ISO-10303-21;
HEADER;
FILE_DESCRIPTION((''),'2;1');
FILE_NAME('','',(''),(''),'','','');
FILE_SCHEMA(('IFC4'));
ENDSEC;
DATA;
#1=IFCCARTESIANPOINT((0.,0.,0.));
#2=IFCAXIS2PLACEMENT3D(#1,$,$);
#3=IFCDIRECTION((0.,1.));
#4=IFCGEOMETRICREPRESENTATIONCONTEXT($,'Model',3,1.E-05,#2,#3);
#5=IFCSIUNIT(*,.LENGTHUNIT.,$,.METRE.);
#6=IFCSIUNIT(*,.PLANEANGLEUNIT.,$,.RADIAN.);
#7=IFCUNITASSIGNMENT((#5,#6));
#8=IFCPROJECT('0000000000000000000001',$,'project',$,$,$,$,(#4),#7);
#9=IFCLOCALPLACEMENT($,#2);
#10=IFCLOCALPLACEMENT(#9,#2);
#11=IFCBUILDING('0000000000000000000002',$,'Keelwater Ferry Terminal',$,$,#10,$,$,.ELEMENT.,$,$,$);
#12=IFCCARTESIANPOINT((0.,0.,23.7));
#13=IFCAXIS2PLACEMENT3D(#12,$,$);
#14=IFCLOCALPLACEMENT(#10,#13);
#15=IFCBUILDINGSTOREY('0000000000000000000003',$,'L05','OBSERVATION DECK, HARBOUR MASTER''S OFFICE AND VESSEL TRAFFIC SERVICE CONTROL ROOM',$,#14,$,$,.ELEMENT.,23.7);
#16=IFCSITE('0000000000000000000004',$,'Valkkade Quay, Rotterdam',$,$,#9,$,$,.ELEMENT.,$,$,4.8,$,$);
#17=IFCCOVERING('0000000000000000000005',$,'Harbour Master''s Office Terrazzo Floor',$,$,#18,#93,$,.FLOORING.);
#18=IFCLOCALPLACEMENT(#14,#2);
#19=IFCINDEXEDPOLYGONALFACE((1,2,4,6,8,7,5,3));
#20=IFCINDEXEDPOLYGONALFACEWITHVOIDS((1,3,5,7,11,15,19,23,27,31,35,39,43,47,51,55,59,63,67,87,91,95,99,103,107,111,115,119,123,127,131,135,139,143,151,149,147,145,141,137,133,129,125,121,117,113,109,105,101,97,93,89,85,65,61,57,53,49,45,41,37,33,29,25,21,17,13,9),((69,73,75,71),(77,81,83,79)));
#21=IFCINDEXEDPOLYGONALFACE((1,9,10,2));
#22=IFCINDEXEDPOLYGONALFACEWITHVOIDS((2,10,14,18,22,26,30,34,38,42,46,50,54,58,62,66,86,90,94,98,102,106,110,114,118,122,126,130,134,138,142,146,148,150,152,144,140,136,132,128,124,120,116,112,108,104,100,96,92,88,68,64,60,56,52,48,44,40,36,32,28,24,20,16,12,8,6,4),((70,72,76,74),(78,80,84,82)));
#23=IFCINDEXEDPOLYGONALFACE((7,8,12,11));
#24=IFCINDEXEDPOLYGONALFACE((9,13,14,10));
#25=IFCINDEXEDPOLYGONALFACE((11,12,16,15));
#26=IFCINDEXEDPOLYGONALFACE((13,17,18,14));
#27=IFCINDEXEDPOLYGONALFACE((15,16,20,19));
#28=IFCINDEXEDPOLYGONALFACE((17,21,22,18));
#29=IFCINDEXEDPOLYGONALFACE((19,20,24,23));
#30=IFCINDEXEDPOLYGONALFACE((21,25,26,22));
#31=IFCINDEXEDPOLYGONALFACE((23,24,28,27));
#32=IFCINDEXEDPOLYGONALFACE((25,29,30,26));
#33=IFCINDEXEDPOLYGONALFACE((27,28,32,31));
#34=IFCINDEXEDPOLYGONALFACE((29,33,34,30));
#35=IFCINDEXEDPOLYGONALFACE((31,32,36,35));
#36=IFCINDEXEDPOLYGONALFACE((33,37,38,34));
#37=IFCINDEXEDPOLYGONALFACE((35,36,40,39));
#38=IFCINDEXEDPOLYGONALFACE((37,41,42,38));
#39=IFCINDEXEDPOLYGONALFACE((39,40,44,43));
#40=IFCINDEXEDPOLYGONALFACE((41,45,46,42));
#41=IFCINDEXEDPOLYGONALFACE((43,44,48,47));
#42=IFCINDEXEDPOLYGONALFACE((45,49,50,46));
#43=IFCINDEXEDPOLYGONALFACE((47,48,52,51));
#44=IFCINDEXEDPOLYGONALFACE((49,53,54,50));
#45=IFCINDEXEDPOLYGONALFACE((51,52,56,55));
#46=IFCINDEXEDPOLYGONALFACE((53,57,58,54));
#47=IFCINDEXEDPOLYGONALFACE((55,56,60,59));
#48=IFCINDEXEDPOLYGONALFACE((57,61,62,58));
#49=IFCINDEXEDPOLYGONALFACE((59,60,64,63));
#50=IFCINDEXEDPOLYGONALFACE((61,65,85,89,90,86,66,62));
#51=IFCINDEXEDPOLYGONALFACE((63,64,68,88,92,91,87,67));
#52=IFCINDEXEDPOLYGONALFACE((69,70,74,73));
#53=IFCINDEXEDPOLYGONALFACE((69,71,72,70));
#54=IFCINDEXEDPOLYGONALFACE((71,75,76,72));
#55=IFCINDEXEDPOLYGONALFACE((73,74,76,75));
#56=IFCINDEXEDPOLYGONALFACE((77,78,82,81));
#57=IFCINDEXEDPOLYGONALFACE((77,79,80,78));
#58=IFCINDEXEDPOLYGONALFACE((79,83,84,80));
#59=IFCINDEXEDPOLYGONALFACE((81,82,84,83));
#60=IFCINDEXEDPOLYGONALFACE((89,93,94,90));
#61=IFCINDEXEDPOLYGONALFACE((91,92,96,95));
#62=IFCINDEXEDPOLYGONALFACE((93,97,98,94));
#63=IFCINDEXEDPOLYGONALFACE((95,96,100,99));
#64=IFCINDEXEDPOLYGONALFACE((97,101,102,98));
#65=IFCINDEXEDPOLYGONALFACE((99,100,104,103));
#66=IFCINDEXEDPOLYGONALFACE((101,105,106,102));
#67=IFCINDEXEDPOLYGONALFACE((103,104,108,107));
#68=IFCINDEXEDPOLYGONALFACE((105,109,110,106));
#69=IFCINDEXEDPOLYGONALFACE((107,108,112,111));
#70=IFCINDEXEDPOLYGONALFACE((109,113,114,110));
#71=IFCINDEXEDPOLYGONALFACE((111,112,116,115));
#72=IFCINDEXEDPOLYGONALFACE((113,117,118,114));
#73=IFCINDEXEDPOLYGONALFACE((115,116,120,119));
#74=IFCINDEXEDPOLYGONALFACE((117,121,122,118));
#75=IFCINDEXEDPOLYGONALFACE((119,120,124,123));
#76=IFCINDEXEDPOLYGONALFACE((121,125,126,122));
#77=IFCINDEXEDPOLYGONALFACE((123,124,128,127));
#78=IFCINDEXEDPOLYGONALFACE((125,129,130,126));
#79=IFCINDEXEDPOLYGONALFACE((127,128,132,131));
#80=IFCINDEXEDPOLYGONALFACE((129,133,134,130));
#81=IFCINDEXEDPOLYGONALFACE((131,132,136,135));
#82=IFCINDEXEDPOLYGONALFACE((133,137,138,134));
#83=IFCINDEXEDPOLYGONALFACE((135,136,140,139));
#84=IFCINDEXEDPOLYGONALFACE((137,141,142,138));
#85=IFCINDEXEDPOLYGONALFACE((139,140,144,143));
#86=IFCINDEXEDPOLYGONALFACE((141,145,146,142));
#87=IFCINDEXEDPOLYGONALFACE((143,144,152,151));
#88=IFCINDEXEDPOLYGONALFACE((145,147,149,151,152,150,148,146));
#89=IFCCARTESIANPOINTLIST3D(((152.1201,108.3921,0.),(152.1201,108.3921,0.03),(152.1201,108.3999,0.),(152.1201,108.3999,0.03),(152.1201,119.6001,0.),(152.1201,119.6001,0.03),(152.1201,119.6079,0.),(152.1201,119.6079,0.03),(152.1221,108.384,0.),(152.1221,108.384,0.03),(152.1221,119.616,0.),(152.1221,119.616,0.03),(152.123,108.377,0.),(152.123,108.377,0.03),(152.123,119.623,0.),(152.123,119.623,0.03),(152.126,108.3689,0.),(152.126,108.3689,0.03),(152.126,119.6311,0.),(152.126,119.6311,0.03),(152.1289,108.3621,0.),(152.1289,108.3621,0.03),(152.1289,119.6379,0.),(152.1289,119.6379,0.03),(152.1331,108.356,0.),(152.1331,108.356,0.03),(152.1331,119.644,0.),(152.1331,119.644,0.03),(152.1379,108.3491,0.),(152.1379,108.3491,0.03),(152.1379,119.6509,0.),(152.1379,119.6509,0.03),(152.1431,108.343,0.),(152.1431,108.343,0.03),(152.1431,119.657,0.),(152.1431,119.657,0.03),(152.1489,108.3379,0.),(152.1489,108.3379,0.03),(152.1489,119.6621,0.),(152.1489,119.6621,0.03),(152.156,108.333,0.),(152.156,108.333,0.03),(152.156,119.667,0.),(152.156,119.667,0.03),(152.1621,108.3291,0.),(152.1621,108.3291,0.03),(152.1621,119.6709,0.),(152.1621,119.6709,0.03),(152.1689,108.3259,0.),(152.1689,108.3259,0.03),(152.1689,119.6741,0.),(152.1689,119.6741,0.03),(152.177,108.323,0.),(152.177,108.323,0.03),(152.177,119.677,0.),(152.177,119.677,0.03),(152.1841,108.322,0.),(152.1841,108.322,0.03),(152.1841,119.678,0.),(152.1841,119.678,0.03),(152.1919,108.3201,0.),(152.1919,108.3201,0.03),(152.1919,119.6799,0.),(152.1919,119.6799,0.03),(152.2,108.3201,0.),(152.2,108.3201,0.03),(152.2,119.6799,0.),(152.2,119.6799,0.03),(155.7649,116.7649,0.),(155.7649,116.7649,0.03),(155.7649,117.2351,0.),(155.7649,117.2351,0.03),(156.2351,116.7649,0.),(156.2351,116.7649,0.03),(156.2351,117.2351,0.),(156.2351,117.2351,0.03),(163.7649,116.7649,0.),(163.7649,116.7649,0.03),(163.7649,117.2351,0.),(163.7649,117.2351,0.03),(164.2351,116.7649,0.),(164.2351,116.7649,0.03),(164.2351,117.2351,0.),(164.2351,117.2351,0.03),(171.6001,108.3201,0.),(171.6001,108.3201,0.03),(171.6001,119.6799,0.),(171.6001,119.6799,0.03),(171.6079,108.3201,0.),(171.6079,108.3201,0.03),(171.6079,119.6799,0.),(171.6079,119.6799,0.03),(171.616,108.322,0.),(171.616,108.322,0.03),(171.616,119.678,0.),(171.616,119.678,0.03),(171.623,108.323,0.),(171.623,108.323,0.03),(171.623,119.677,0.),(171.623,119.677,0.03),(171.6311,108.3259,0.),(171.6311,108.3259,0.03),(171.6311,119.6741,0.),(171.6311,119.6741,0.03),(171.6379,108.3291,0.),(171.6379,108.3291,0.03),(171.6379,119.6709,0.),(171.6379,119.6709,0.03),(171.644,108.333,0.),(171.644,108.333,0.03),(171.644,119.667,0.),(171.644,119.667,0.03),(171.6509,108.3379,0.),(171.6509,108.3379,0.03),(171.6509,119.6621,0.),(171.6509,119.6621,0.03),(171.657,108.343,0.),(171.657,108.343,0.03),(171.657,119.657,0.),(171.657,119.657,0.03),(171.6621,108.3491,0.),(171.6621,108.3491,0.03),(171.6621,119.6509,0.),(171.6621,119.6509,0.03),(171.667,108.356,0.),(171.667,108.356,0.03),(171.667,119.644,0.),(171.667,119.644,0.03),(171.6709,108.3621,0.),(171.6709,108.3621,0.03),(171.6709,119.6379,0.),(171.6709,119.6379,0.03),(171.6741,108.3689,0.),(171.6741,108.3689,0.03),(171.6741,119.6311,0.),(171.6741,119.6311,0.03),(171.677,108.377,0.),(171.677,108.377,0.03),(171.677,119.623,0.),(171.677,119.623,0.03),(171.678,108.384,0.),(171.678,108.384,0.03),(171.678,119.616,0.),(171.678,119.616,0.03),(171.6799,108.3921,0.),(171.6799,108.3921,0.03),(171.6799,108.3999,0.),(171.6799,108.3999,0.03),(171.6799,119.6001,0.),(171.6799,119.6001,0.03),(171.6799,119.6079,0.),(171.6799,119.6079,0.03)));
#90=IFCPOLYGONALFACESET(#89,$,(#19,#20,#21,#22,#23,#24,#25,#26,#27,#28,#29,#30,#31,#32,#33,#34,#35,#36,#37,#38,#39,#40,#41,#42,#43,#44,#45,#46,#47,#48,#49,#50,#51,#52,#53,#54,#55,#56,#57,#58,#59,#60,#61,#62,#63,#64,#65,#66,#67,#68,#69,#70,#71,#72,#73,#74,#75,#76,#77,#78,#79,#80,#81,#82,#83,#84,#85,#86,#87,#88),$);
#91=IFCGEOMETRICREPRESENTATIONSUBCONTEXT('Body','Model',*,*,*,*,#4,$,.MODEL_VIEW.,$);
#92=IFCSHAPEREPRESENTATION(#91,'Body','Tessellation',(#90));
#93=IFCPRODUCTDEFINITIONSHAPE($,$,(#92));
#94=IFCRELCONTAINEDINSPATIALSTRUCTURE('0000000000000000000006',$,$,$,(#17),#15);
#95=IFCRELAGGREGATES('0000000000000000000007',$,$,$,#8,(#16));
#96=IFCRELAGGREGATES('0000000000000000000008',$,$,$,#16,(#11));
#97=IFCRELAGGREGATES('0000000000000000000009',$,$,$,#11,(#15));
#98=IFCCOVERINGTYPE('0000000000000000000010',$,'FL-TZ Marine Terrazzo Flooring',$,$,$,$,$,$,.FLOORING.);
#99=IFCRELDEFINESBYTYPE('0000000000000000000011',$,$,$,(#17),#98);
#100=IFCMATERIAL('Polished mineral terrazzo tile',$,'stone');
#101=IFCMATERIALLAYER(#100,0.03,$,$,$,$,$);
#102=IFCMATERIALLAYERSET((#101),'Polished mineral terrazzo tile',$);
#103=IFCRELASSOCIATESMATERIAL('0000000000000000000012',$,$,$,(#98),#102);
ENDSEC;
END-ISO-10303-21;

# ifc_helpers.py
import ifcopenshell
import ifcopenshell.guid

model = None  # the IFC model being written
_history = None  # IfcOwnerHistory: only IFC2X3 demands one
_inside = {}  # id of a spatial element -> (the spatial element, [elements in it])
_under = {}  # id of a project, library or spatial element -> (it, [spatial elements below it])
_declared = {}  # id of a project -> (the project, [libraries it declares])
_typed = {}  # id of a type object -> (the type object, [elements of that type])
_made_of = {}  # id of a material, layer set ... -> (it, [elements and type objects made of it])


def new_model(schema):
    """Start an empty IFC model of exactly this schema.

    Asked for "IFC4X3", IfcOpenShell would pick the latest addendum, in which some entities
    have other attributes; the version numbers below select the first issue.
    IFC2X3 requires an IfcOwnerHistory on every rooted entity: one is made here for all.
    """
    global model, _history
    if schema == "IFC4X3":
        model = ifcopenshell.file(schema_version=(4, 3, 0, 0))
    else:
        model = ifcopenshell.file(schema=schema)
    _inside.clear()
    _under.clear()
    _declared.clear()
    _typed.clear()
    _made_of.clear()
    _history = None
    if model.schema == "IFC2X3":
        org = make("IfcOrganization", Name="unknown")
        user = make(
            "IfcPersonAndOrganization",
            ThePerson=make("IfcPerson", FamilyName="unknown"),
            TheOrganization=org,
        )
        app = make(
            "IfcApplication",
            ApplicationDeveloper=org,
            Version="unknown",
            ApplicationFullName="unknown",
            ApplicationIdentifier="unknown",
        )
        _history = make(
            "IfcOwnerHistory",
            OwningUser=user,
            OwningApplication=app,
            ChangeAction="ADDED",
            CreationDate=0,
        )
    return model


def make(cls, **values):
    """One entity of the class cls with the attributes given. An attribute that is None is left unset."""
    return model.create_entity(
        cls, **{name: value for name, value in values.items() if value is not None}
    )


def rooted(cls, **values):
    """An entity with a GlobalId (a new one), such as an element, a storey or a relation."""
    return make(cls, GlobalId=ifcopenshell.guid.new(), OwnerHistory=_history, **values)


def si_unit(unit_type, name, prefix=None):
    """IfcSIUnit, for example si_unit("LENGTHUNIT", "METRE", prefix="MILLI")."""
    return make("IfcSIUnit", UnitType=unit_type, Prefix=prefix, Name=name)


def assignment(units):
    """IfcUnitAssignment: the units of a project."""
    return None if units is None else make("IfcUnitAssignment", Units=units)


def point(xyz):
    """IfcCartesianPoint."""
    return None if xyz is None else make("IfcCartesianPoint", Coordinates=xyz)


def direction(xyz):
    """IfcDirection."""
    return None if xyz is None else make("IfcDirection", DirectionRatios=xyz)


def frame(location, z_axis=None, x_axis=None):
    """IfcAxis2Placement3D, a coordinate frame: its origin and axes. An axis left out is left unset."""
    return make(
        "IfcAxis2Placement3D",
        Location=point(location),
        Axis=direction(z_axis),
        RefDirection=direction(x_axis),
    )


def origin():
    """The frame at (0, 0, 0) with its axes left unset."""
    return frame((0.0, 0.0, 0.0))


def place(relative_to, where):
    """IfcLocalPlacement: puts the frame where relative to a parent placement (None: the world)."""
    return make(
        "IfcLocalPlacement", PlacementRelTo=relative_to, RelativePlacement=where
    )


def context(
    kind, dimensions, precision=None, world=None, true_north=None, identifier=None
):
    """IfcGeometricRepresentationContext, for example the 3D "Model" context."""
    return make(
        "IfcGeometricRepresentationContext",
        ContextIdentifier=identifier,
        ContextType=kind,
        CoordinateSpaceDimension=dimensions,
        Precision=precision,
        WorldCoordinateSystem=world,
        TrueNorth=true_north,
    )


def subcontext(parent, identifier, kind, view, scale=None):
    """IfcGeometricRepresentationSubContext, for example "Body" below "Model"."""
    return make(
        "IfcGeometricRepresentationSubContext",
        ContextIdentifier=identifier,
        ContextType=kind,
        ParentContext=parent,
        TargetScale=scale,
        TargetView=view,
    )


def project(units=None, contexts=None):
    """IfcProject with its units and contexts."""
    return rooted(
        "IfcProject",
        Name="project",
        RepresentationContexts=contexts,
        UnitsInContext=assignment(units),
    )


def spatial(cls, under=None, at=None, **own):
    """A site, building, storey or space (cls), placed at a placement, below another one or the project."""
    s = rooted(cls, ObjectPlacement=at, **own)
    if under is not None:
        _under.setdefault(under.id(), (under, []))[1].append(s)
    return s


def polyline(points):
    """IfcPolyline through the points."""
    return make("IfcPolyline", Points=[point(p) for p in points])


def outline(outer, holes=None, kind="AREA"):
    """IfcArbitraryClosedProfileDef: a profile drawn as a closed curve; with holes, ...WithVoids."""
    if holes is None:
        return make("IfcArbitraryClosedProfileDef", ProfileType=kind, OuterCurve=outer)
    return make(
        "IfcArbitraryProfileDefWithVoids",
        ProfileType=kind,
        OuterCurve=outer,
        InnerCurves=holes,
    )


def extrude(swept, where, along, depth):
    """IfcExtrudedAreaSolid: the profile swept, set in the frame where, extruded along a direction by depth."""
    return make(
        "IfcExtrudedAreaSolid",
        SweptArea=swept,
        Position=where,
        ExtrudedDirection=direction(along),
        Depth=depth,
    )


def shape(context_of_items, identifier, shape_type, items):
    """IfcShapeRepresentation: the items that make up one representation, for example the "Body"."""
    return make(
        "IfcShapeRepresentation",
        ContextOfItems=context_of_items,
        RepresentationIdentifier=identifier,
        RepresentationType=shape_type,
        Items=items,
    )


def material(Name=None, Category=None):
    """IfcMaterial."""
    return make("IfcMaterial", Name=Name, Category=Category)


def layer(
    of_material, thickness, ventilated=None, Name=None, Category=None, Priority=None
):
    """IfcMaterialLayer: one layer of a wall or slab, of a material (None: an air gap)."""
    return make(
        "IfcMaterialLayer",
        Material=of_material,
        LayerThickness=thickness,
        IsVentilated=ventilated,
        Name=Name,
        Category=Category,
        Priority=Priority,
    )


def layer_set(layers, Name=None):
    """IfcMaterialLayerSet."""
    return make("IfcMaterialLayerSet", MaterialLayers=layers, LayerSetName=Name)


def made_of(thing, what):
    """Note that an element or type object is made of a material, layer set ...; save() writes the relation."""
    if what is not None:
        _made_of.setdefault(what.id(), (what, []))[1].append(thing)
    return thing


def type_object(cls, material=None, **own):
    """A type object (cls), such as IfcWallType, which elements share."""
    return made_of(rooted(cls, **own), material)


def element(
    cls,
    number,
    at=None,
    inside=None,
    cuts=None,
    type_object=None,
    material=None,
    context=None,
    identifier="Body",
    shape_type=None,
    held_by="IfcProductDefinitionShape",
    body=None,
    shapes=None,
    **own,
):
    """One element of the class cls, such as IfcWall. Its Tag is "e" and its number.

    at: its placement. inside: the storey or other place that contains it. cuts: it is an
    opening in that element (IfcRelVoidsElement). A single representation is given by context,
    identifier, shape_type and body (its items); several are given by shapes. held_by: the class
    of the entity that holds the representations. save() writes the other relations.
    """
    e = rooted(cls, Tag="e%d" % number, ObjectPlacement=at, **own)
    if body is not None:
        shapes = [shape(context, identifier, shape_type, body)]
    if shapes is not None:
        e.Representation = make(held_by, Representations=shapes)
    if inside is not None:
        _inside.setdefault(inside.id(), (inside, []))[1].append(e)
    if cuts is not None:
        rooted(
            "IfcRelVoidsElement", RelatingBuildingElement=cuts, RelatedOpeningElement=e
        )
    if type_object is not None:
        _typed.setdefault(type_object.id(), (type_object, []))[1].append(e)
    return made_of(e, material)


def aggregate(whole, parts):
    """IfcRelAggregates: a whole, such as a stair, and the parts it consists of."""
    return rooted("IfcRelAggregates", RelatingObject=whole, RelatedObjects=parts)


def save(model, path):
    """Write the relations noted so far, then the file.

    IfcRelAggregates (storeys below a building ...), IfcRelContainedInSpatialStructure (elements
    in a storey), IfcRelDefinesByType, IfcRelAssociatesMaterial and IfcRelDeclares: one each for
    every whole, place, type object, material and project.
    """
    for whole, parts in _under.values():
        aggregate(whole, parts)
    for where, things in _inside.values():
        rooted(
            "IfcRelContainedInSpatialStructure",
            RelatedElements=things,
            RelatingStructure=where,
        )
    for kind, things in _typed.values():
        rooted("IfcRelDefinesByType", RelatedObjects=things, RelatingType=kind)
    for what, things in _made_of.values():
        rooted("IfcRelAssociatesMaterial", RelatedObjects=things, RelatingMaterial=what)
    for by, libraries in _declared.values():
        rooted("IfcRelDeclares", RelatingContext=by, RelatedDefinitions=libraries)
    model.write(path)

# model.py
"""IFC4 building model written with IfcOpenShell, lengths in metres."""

from ifc_helpers import new_model, si_unit, direction, frame, origin, place, context, subcontext, project, spatial, polyline, outline, extrude, material, layer, layer_set, type_object, element, save


model = new_model("IFC4")

# Units and contexts
model_context = context("Model", 3, precision=1e-05, world=origin(), true_north=direction((0.0, 1.0)))
body_context = subcontext(model_context, "Body", "Model", "MODEL_VIEW")
ifc_project = project(units=[si_unit("LENGTHUNIT", "METRE"), si_unit("PLANEANGLEUNIT", "RADIAN")], contexts=[model_context])

# Site, building, storey
site_placement = place(None, origin())
site = spatial("IfcSite", under=ifc_project, at=site_placement, Name="Valkkade Quay, Rotterdam", CompositionType="ELEMENT", RefElevation=4.8)
building_placement = place(site_placement, origin())
building = spatial("IfcBuilding", under=site, at=building_placement, Name="Keelwater Ferry Terminal", CompositionType="ELEMENT")
storey_placement = place(building_placement, frame((0.0, 0.0, 23.7)))
storey = spatial("IfcBuildingStorey", under=building, at=storey_placement, Name="L05", Description="OBSERVATION DECK, HARBOUR MASTER'S OFFICE AND VESSEL TRAFFIC SERVICE CONTROL ROOM", CompositionType="ELEMENT", Elevation=23.7)

# Covering
ifc_material_1 = material(Name="Polished mineral terrazzo tile", Category="stone")
ifc_layer_1 = layer(ifc_material_1, 0.03)
ifc_layer_set_1 = layer_set([ifc_layer_1], Name="Polished mineral terrazzo tile")
covering_type_1 = type_object("IfcCoveringType", Name="FL-TZ Marine Terrazzo Flooring", PredefinedType="FLOORING", material=ifc_layer_set_1)
covering_1_placement = place(storey_placement, origin())
element("IfcCovering", 1, at=covering_1_placement, inside=storey, type_object=covering_type_1, Name="Harbour Master's Office Terrazzo Floor", PredefinedType="FLOORING", context=body_context, shape_type="SweptSolid", body=[
    extrude(outline(polyline([(171.616, 119.678), (171.623, 119.677), (171.6311, 119.6741), (171.6379, 119.6709), (171.644, 119.667), (171.6509, 119.6621), (171.657, 119.657), (171.6621, 119.6509), (171.667, 119.644), (171.6709, 119.6379), (171.6741, 119.6311), (171.677, 119.623), (171.678, 119.616), (171.6799, 119.6079), (171.6799, 119.6001), (171.6799, 108.3999), (171.6799, 108.3921), (171.678, 108.384), (171.677, 108.377), (171.6741, 108.3689), (171.6709, 108.3621), (171.667, 108.356), (171.6621, 108.3491), (171.657, 108.343), (171.6509, 108.3379), (171.644, 108.333), (171.6379, 108.3291), (171.6311, 108.3259), (171.623, 108.323), (171.616, 108.322), (171.6079, 108.3201), (171.6001, 108.3201), (152.2, 108.3201), (152.1919, 108.3201), (152.1841, 108.322), (152.177, 108.323), (152.1689, 108.3259), (152.1621, 108.3291), (152.156, 108.333), (152.1489, 108.3379), (152.1431, 108.343), (152.1379, 108.3491), (152.1331, 108.356), (152.1289, 108.3621), (152.126, 108.3689), (152.123, 108.377), (152.1221, 108.384), (152.1201, 108.3921), (152.1201, 108.3999), (152.1201, 119.6001), (152.1201, 119.6079), (152.1221, 119.616), (152.123, 119.623), (152.126, 119.6311), (152.1289, 119.6379), (152.1331, 119.644), (152.1379, 119.6509), (152.1431, 119.657), (152.1489, 119.6621), (152.156, 119.667), (152.1621, 119.6709), (152.1689, 119.6741), (152.177, 119.677), (152.1841, 119.678), (152.1919, 119.6799), (152.2, 119.6799), (171.6001, 119.6799), (171.6079, 119.6799), (171.616, 119.678)]), holes=[polyline([(156.2351, 116.7649), (156.2351, 117.2351), (155.7649, 117.2351), (155.7649, 116.7649), (156.2351, 116.7649)]), polyline([(164.2351, 116.7649), (164.2351, 117.2351), (163.7649, 117.2351), (163.7649, 116.7649), (164.2351, 116.7649)])]), origin(), (0.0, 0.0, 1.0), 0.03),
])

save(model, "model.ifc")
